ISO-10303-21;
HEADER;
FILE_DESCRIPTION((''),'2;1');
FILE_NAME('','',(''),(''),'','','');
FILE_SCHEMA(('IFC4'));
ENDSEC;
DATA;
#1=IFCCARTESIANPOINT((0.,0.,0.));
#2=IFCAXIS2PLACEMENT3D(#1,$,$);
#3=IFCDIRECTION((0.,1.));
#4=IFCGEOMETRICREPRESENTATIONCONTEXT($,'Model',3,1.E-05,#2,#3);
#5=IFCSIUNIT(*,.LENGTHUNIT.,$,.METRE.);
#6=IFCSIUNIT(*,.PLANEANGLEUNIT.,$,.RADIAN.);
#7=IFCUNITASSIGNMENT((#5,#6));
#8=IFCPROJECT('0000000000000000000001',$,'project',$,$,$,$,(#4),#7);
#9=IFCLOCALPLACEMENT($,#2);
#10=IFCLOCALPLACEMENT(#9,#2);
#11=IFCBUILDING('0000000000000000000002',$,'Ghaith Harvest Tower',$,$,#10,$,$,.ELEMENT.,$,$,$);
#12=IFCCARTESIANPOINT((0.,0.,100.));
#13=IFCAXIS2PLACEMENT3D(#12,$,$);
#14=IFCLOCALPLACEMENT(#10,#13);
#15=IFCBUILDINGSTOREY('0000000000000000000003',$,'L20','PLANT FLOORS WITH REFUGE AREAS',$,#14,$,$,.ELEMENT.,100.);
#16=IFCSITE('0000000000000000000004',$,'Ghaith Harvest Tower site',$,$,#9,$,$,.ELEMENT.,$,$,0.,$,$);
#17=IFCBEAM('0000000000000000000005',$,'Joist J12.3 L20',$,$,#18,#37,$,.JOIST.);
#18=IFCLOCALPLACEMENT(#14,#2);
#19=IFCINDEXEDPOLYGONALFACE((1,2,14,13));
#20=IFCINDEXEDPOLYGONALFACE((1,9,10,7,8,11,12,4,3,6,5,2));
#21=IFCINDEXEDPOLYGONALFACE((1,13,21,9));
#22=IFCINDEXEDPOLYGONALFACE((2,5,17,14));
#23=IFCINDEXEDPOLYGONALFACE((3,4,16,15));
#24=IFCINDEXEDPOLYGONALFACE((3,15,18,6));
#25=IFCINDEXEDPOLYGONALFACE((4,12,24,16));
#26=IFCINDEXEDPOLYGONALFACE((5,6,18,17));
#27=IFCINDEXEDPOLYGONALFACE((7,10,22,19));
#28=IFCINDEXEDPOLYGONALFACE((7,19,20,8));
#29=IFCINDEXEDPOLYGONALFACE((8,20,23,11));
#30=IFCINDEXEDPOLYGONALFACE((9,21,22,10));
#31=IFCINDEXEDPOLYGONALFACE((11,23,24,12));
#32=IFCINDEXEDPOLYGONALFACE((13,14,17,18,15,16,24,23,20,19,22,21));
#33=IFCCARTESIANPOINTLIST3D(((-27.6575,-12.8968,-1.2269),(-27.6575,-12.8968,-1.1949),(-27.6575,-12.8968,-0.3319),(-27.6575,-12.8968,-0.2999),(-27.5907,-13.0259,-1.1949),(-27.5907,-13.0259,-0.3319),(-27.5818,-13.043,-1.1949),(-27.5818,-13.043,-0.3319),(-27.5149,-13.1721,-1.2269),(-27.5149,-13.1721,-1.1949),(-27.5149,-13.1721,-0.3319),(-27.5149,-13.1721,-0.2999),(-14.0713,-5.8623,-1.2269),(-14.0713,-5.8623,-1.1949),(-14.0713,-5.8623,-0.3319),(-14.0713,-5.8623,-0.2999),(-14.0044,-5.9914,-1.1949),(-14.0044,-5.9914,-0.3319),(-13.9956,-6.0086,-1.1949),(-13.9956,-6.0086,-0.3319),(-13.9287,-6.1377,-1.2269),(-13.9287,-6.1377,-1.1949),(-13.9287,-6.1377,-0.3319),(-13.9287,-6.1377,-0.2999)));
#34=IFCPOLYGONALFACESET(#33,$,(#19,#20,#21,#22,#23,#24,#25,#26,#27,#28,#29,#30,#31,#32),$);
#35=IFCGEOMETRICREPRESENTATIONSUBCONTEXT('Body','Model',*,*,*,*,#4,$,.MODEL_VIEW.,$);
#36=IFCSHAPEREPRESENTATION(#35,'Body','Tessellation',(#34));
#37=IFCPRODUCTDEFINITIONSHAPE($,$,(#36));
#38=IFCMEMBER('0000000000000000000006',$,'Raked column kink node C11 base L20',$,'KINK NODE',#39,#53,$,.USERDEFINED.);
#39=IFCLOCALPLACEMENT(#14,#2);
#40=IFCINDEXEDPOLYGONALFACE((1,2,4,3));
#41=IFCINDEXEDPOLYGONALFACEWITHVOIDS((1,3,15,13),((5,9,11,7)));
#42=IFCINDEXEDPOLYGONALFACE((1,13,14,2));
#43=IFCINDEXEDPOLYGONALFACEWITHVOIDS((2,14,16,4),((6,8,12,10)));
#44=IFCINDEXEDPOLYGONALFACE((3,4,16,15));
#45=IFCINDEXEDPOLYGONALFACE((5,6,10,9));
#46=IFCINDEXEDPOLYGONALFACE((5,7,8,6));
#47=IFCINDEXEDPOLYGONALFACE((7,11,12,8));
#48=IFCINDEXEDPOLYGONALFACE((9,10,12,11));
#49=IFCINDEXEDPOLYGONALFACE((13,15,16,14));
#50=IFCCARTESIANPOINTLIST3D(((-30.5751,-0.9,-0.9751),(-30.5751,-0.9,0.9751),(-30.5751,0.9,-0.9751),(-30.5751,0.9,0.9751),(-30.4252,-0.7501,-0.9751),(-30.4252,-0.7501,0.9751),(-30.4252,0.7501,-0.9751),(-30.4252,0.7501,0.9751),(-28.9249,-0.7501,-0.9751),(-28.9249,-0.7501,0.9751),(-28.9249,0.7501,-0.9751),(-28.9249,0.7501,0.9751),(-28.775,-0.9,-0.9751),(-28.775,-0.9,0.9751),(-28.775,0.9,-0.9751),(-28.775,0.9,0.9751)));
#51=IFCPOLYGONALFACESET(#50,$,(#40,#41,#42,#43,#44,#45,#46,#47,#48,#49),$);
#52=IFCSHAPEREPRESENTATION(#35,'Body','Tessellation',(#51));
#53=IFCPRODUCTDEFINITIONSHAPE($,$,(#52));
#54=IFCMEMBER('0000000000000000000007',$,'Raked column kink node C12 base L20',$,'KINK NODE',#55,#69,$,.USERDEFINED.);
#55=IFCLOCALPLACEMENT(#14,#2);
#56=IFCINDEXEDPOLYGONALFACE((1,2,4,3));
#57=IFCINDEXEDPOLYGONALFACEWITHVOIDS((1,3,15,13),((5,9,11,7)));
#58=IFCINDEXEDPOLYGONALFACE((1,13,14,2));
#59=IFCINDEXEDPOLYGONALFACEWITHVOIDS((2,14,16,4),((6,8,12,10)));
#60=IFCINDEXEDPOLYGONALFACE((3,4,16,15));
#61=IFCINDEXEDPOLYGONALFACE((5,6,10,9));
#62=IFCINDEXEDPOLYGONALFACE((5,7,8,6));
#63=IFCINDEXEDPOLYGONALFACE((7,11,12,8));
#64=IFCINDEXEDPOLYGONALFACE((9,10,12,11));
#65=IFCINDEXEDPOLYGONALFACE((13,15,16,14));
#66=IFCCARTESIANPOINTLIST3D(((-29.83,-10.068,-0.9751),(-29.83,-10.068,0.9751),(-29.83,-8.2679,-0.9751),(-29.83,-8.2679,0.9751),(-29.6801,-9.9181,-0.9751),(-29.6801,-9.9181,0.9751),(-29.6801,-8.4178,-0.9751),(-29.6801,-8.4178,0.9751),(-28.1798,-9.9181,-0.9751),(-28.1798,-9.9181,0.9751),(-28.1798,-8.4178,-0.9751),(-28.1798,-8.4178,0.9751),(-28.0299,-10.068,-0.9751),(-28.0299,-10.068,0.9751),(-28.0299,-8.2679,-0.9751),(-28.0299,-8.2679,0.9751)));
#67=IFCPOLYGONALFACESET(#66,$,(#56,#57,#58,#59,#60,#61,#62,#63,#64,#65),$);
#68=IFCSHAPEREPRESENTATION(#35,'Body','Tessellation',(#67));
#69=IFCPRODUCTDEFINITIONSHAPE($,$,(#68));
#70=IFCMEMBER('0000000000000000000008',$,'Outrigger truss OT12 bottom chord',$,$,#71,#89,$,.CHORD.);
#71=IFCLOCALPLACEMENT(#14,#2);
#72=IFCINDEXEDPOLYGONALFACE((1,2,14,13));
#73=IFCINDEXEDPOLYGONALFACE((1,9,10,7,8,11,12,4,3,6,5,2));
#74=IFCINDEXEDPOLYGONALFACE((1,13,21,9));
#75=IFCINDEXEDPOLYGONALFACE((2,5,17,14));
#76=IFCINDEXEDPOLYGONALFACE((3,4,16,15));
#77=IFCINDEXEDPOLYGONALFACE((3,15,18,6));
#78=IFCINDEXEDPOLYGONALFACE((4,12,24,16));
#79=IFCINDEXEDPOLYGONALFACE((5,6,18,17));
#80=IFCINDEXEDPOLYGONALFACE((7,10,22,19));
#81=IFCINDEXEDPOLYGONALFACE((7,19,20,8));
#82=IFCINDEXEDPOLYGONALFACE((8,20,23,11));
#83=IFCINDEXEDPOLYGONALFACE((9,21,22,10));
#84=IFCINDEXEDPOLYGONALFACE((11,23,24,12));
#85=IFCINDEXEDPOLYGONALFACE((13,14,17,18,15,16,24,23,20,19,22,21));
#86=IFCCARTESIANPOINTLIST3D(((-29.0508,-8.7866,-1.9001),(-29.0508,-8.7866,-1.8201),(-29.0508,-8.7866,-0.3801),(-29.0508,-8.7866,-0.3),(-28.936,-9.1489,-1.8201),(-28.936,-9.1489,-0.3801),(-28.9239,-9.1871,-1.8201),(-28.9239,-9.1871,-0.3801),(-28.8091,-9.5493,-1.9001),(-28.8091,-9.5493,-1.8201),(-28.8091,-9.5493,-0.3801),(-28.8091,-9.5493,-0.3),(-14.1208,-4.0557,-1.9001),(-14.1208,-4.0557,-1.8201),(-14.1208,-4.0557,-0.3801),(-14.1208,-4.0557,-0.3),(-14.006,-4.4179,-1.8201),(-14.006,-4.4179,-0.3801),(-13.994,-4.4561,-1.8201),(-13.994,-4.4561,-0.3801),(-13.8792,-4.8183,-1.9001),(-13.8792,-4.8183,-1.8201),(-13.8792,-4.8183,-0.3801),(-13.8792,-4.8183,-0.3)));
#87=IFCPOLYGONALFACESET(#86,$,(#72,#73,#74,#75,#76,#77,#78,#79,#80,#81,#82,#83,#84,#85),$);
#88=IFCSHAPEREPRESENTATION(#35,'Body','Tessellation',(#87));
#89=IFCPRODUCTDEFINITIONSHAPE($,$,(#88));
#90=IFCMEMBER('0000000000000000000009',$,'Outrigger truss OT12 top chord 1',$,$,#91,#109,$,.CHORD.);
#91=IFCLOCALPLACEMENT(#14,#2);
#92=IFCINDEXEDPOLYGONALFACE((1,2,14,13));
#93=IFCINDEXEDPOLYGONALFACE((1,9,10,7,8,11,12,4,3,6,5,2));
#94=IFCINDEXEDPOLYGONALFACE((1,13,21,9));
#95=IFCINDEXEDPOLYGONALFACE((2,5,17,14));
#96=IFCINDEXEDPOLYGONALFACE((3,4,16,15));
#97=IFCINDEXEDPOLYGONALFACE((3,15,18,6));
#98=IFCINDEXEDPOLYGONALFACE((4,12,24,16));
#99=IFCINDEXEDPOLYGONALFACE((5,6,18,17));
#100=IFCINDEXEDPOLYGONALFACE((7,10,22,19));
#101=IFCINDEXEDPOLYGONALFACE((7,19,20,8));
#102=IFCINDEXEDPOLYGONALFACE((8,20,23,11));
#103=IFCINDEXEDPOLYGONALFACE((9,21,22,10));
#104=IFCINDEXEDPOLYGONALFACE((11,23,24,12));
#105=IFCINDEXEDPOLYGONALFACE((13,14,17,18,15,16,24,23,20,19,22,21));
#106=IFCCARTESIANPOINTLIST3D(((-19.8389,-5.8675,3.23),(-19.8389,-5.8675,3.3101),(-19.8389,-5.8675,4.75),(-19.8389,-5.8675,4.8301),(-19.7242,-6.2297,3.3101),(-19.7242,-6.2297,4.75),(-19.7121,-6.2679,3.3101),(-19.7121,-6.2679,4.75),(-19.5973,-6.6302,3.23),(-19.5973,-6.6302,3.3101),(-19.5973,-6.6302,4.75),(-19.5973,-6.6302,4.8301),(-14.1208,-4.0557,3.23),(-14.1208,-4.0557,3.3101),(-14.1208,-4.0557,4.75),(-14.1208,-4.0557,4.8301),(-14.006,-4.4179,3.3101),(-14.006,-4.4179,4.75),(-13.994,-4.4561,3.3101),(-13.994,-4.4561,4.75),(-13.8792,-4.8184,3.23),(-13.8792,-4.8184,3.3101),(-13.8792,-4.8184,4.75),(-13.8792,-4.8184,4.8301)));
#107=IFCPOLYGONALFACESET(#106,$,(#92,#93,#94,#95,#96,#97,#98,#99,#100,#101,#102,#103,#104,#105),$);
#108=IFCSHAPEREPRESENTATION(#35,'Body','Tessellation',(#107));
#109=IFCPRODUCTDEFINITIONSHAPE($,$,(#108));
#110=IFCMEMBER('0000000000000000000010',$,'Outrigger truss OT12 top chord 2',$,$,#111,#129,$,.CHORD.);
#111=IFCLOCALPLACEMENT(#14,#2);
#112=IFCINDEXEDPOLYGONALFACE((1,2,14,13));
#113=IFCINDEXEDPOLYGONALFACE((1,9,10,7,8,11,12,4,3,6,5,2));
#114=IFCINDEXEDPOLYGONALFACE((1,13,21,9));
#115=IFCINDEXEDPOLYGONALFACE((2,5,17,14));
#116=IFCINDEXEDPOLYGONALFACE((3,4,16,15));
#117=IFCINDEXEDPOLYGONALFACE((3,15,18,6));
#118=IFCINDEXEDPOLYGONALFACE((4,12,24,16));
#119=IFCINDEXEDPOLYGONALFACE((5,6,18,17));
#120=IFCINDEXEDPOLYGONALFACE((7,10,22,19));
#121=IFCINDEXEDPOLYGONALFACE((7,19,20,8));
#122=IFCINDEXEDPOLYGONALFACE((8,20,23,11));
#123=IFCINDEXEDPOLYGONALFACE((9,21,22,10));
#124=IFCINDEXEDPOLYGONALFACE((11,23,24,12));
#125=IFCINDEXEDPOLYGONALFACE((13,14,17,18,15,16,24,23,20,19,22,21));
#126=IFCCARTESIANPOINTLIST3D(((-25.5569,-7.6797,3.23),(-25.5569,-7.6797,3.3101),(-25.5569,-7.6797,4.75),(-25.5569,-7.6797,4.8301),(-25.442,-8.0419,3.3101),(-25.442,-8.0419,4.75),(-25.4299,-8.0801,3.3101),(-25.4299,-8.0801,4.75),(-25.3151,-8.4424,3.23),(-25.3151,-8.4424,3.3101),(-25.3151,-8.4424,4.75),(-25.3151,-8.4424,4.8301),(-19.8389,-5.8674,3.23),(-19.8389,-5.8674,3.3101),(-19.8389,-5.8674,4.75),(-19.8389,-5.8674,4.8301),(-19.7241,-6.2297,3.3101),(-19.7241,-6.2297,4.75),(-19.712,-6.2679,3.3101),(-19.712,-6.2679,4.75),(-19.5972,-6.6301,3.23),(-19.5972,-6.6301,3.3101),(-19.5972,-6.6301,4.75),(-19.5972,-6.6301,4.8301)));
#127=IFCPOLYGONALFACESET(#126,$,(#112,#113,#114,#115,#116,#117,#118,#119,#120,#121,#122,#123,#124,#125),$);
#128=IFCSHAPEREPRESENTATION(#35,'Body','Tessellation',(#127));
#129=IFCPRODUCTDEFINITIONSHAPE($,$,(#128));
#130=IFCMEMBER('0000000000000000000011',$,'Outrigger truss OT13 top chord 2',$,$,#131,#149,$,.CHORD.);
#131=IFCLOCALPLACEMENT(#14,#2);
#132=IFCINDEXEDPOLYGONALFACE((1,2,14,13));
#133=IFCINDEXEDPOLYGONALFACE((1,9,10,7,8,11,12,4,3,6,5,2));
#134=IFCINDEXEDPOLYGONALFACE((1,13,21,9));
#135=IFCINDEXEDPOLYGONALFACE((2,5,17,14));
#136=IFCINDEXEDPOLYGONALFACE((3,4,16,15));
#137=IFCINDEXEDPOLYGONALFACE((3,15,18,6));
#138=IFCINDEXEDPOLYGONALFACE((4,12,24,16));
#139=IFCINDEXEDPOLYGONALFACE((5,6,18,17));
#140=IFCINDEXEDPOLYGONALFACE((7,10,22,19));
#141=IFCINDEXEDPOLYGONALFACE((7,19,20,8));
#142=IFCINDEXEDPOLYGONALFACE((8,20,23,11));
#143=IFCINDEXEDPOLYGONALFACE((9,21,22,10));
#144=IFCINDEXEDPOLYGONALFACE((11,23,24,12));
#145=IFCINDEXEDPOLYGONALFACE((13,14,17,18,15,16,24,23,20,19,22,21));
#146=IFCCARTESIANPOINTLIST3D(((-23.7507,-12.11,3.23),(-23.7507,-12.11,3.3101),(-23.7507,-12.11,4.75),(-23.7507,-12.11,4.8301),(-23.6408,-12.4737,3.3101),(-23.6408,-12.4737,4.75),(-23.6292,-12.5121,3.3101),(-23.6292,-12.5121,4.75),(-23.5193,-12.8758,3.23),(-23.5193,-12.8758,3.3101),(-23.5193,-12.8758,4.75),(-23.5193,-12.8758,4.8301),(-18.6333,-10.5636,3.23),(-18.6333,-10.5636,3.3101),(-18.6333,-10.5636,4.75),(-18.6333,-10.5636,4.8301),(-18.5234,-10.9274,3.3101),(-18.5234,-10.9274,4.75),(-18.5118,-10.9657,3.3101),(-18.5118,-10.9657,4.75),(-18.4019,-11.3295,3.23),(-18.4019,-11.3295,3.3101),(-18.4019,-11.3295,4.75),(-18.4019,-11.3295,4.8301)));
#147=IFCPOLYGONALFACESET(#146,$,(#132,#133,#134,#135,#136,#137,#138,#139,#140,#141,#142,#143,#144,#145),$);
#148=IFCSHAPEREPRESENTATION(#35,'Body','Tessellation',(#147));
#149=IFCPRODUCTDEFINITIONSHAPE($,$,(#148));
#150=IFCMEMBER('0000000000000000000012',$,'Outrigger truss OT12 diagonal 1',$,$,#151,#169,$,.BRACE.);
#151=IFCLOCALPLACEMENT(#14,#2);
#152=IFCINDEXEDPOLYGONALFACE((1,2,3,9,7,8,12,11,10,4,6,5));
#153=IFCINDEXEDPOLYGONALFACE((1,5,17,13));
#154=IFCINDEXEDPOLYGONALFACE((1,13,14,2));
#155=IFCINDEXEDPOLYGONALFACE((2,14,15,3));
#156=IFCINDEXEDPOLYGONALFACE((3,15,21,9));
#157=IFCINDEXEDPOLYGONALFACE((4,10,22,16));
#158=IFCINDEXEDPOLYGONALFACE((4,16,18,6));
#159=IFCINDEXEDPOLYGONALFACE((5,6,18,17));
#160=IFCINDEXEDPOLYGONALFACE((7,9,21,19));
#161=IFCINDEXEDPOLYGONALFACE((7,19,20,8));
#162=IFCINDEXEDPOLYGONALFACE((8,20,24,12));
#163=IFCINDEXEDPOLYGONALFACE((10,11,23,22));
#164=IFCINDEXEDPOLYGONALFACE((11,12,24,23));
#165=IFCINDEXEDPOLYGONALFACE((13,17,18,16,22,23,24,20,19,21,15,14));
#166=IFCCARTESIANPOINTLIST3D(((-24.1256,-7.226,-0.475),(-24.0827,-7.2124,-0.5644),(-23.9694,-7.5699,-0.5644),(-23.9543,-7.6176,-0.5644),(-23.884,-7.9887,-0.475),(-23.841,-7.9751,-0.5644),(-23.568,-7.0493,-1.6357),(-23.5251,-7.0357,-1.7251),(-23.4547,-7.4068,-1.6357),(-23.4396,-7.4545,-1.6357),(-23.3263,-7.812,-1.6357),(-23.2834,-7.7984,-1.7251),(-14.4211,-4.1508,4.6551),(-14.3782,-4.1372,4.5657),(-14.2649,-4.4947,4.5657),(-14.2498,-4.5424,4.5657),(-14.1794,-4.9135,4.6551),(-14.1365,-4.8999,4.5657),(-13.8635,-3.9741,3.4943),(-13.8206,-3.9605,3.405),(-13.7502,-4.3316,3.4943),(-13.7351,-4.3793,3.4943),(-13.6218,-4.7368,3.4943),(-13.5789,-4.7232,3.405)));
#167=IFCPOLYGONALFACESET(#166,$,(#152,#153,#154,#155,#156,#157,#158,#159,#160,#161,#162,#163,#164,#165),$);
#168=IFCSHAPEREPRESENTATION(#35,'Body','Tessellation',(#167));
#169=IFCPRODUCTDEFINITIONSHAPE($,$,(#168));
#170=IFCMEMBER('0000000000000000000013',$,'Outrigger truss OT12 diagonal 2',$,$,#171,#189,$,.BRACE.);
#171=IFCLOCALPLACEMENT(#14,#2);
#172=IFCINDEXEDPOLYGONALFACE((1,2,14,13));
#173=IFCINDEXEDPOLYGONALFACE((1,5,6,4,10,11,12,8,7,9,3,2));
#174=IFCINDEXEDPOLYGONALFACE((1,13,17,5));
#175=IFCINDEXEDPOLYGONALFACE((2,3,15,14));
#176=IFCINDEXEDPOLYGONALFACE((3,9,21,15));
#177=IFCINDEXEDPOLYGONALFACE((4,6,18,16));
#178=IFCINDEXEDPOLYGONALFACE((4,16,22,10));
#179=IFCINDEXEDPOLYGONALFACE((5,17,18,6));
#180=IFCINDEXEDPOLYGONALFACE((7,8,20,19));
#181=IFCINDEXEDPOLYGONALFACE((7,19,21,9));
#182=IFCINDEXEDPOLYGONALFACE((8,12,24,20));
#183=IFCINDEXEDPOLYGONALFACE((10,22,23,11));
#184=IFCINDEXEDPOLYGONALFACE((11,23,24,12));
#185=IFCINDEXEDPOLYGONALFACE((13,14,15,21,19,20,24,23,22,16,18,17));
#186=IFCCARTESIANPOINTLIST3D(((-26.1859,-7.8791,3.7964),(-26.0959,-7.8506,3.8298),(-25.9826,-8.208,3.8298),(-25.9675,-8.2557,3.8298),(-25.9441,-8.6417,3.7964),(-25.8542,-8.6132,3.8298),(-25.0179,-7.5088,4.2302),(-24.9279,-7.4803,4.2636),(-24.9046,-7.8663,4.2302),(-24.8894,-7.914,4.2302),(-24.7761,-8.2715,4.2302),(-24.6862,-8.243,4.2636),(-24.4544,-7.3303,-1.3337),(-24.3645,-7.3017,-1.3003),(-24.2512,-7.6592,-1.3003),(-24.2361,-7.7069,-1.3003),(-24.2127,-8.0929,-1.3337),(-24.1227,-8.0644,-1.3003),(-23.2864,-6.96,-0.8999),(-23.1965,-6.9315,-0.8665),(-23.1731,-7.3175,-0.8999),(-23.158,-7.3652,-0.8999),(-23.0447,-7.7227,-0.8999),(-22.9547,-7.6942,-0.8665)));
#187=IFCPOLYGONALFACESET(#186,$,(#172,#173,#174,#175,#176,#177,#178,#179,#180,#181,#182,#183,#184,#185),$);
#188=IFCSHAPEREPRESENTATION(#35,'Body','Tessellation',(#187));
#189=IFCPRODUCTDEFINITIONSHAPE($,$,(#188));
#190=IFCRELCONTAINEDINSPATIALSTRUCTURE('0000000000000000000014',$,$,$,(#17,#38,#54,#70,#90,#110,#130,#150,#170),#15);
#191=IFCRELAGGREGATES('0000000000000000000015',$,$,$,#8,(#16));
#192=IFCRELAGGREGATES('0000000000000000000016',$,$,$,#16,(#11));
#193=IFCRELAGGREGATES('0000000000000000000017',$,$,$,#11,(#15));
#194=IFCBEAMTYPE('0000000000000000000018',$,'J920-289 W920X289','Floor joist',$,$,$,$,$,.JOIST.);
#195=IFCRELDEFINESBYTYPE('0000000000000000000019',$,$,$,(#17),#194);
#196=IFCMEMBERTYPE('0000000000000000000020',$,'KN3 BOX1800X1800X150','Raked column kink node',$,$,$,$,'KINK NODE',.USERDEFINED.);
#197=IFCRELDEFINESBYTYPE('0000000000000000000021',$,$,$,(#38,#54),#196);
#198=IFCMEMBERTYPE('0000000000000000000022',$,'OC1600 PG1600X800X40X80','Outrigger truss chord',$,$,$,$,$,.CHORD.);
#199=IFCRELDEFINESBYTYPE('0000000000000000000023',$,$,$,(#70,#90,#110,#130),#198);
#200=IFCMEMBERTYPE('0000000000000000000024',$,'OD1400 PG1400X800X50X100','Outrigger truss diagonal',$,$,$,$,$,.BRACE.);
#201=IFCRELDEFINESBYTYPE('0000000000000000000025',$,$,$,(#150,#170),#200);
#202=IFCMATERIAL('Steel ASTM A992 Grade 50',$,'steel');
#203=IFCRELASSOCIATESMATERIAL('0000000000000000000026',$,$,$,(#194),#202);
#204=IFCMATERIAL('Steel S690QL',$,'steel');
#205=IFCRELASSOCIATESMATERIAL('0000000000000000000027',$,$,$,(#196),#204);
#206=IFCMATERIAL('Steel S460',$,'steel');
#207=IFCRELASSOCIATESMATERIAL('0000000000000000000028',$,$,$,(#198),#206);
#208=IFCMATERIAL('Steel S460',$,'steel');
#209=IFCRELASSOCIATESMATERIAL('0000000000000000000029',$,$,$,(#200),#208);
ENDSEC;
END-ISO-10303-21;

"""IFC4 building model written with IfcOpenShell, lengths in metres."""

from ifc_helpers import new_model, si_unit, direction, frame, origin, origin_2d, place, context, subcontext, project, spatial, hollow_rectangle, i_section, extrude, material, material_profile, profile_set, type_object, element, save


model = new_model("IFC4")

# Units and contexts
model_context = context("Model", 3, precision=1e-05, world=origin(), true_north=direction((0.0, 1.0)))
body_context = subcontext(model_context, "Body", "Model", "MODEL_VIEW")
ifc_project = project(units=[si_unit("LENGTHUNIT", "METRE"), si_unit("PLANEANGLEUNIT", "RADIAN")], contexts=[model_context])

# Site, building, storey
site_placement = place(None, origin())
site = spatial("IfcSite", under=ifc_project, at=site_placement, Name="Ghaith Harvest Tower site", CompositionType="ELEMENT", RefElevation=0.0)
building_placement = place(site_placement, origin())
building = spatial("IfcBuilding", under=site, at=building_placement, Name="Ghaith Harvest Tower", CompositionType="ELEMENT")
storey_placement = place(building_placement, frame((0.0, 0.0, 100.0)))
storey = spatial("IfcBuildingStorey", under=building, at=storey_placement, Name="L20", Description="PLANT FLOORS WITH REFUGE AREAS", CompositionType="ELEMENT", Elevation=100.0)

# Beam
ifc_material_1 = material(Name="Steel ASTM A992 Grade 50", Category="steel")
ifc_material_profile_1 = material_profile(ifc_material_1, i_section(OverallWidth=0.3101, OverallDepth=0.927, WebThickness=0.0193, FlangeThickness=0.032, at=origin_2d()), Name="W920X289")
ifc_profile_set_1 = profile_set([ifc_material_profile_1], Name="Steel ASTM A992 Grade 50")
beam_type_1 = type_object("IfcBeamType", Name="J920-289 W920X289", Description="Floor joist", PredefinedType="JOIST", material=ifc_profile_set_1)
beam_1_placement = place(storey_placement, frame((-14.0, -6.0, -0.7634), z_axis=(-0.888029, -0.459788, 0.0), x_axis=(0.459788, -0.888029, 0.0)))
element("IfcBeam", 1, at=beam_1_placement, inside=storey, type_object=beam_type_1, Name="Joist J12.3 L20", PredefinedType="JOIST", context=body_context, shape_type="SweptSolid", body=[
    extrude(i_section(OverallWidth=0.3101, OverallDepth=0.927, WebThickness=0.0193, FlangeThickness=0.032, at=origin_2d()), origin(), (0.0, 0.0, 1.0), 15.2993),
])

# Members
ifc_material_2 = material(Name="Steel S690QL", Category="steel")
ifc_material_profile_2 = material_profile(ifc_material_2, hollow_rectangle(XDim=1.8, YDim=1.8, WallThickness=0.1499, at=origin_2d()), Name="BOX1800X1800X150")
ifc_profile_set_2 = profile_set([ifc_material_profile_2], Name="Steel S690QL")
member_type_1 = type_object("IfcMemberType", Name="KN3 BOX1800X1800X150", Description="Raked column kink node", ElementType="KINK NODE", PredefinedType="USERDEFINED", material=ifc_profile_set_2)
for number, where, z_axis, x_axis, name in (
    (2, (-29.675, 0.0, -0.9751), (0.0, 0.0, 1.0), (1.0, 0.0, 0.0), "Raked column kink node C11 base L20"),
    (3, (-28.9299, -9.168, -0.9751), (0.0, 0.0, 1.0), (1.0, 0.0, 0.0), "Raked column kink node C12 base L20"),
):
    element("IfcMember", number, at=place(storey_placement, frame(where, z_axis=z_axis, x_axis=x_axis)), inside=storey, type_object=member_type_1, Name=name, ObjectType="KINK NODE", PredefinedType="USERDEFINED", context=body_context, shape_type="SweptSolid", body=[
        extrude(hollow_rectangle(XDim=1.8, YDim=1.8, WallThickness=0.1499, at=origin_2d()), origin(), (0.0, 0.0, 1.0), 1.9502),
    ])
ifc_material_3 = material(Name="Steel S460", Category="steel")
ifc_material_profile_3 = material_profile(ifc_material_3, i_section(OverallWidth=0.8, OverallDepth=1.6001, WebThickness=0.04, FlangeThickness=0.0801, at=origin_2d()), Name="PG1600X800X40X80")
ifc_profile_set_3 = profile_set([ifc_material_profile_3], Name="Steel S460")
member_type_2 = type_object("IfcMemberType", Name="OC1600 PG1600X800X40X80", Description="Outrigger truss chord", PredefinedType="CHORD", material=ifc_profile_set_3)
member_1_placement = place(storey_placement, frame((-14.0, -4.437, -1.1001), z_axis=(-0.953284, -0.302074, 0.0), x_axis=(0.302074, -0.953284, 0.0)))
element("IfcMember", 4, at=member_1_placement, inside=storey, type_object=member_type_2, Name="Outrigger truss OT12 bottom chord", PredefinedType="CHORD", context=body_context, shape_type="SweptSolid", body=[
    extrude(i_section(OverallWidth=0.8, OverallDepth=1.6001, WebThickness=0.04, FlangeThickness=0.0801, at=origin_2d()), origin(), (0.0, 0.0, 1.0), 15.6616),
])
for number, where, z_axis, x_axis, name in (
    (5, (-14.0, -4.437, 4.03), (-0.953291, -0.302053, 0.0), (0.302053, -0.953291, 0.0), "Outrigger truss OT12 top chord 1"),
    (6, (-19.718, -6.2488, 4.03), (-0.953268, -0.302127, 0.0), (0.302127, -0.953268, 0.0), "Outrigger truss OT12 top chord 2"),
):
    element("IfcMember", number, at=place(storey_placement, frame(where, z_axis=z_axis, x_axis=x_axis)), inside=storey, type_object=member_type_2, Name=name, PredefinedType="CHORD", context=body_context, shape_type="SweptSolid", body=[
        extrude(i_section(OverallWidth=0.8, OverallDepth=1.6001, WebThickness=0.04, FlangeThickness=0.0801, at=origin_2d()), origin(), (0.0, 0.0, 1.0), 5.9983),
    ])
member_2_placement = place(storey_placement, frame((-18.5176, -10.9465, 4.03), z_axis=(-0.95725, -0.289262, 0.0), x_axis=(0.289262, -0.95725, 0.0)))
element("IfcMember", 7, at=member_2_placement, inside=storey, type_object=member_type_2, Name="Outrigger truss OT13 top chord 2", PredefinedType="CHORD", context=body_context, shape_type="SweptSolid", body=[
    extrude(i_section(OverallWidth=0.8, OverallDepth=1.6001, WebThickness=0.04, FlangeThickness=0.0801, at=origin_2d()), origin(), (0.0, 0.0, 1.0), 5.3459),
])
ifc_material_4 = material(Name="Steel S460", Category="steel")
ifc_material_profile_4 = material_profile(ifc_material_4, i_section(OverallWidth=0.8, OverallDepth=1.3999, WebThickness=0.05, FlangeThickness=0.1001, at=origin_2d()), Name="PG1400X800X50X100")
ifc_profile_set_4 = profile_set([ifc_material_profile_4], Name="Steel S460")
member_type_3 = type_object("IfcMemberType", Name="OD1400 PG1400X800X50X100", Description="Outrigger truss diagonal", PredefinedType="BRACE", material=ifc_profile_set_4)
member_3_placement = place(storey_placement, frame((-14.0, -4.437, 4.03), z_axis=(-0.851299, -0.26976, -0.450021), x_axis=(0.302077, -0.953284, 0.0)))
element("IfcMember", 8, at=member_3_placement, inside=storey, type_object=member_type_3, Name="Outrigger truss OT12 diagonal 1", PredefinedType="BRACE", context=body_context, shape_type="SweptSolid", body=[
    extrude(i_section(OverallWidth=0.8, OverallDepth=1.3999, WebThickness=0.05, FlangeThickness=0.1001, at=origin_2d()), origin(), (0.0, 0.0, 1.0), 11.3997),
])
member_4_placement = place(storey_placement, frame((-23.7046, -7.5122, -1.1001), z_axis=(-0.318153, -0.100847, 0.94266), x_axis=(0.30216, -0.953257, 0.0)))
element("IfcMember", 9, at=member_4_placement, inside=storey, type_object=member_type_3, Name="Outrigger truss OT12 diagonal 2", PredefinedType="BRACE", context=body_context, shape_type="SweptSolid", body=[
    extrude(i_section(OverallWidth=0.8, OverallDepth=1.3999, WebThickness=0.05, FlangeThickness=0.1001, at=origin_2d()), origin(), (0.0, 0.0, 1.0), 5.4421),
])

save(model, "model.ifc")
